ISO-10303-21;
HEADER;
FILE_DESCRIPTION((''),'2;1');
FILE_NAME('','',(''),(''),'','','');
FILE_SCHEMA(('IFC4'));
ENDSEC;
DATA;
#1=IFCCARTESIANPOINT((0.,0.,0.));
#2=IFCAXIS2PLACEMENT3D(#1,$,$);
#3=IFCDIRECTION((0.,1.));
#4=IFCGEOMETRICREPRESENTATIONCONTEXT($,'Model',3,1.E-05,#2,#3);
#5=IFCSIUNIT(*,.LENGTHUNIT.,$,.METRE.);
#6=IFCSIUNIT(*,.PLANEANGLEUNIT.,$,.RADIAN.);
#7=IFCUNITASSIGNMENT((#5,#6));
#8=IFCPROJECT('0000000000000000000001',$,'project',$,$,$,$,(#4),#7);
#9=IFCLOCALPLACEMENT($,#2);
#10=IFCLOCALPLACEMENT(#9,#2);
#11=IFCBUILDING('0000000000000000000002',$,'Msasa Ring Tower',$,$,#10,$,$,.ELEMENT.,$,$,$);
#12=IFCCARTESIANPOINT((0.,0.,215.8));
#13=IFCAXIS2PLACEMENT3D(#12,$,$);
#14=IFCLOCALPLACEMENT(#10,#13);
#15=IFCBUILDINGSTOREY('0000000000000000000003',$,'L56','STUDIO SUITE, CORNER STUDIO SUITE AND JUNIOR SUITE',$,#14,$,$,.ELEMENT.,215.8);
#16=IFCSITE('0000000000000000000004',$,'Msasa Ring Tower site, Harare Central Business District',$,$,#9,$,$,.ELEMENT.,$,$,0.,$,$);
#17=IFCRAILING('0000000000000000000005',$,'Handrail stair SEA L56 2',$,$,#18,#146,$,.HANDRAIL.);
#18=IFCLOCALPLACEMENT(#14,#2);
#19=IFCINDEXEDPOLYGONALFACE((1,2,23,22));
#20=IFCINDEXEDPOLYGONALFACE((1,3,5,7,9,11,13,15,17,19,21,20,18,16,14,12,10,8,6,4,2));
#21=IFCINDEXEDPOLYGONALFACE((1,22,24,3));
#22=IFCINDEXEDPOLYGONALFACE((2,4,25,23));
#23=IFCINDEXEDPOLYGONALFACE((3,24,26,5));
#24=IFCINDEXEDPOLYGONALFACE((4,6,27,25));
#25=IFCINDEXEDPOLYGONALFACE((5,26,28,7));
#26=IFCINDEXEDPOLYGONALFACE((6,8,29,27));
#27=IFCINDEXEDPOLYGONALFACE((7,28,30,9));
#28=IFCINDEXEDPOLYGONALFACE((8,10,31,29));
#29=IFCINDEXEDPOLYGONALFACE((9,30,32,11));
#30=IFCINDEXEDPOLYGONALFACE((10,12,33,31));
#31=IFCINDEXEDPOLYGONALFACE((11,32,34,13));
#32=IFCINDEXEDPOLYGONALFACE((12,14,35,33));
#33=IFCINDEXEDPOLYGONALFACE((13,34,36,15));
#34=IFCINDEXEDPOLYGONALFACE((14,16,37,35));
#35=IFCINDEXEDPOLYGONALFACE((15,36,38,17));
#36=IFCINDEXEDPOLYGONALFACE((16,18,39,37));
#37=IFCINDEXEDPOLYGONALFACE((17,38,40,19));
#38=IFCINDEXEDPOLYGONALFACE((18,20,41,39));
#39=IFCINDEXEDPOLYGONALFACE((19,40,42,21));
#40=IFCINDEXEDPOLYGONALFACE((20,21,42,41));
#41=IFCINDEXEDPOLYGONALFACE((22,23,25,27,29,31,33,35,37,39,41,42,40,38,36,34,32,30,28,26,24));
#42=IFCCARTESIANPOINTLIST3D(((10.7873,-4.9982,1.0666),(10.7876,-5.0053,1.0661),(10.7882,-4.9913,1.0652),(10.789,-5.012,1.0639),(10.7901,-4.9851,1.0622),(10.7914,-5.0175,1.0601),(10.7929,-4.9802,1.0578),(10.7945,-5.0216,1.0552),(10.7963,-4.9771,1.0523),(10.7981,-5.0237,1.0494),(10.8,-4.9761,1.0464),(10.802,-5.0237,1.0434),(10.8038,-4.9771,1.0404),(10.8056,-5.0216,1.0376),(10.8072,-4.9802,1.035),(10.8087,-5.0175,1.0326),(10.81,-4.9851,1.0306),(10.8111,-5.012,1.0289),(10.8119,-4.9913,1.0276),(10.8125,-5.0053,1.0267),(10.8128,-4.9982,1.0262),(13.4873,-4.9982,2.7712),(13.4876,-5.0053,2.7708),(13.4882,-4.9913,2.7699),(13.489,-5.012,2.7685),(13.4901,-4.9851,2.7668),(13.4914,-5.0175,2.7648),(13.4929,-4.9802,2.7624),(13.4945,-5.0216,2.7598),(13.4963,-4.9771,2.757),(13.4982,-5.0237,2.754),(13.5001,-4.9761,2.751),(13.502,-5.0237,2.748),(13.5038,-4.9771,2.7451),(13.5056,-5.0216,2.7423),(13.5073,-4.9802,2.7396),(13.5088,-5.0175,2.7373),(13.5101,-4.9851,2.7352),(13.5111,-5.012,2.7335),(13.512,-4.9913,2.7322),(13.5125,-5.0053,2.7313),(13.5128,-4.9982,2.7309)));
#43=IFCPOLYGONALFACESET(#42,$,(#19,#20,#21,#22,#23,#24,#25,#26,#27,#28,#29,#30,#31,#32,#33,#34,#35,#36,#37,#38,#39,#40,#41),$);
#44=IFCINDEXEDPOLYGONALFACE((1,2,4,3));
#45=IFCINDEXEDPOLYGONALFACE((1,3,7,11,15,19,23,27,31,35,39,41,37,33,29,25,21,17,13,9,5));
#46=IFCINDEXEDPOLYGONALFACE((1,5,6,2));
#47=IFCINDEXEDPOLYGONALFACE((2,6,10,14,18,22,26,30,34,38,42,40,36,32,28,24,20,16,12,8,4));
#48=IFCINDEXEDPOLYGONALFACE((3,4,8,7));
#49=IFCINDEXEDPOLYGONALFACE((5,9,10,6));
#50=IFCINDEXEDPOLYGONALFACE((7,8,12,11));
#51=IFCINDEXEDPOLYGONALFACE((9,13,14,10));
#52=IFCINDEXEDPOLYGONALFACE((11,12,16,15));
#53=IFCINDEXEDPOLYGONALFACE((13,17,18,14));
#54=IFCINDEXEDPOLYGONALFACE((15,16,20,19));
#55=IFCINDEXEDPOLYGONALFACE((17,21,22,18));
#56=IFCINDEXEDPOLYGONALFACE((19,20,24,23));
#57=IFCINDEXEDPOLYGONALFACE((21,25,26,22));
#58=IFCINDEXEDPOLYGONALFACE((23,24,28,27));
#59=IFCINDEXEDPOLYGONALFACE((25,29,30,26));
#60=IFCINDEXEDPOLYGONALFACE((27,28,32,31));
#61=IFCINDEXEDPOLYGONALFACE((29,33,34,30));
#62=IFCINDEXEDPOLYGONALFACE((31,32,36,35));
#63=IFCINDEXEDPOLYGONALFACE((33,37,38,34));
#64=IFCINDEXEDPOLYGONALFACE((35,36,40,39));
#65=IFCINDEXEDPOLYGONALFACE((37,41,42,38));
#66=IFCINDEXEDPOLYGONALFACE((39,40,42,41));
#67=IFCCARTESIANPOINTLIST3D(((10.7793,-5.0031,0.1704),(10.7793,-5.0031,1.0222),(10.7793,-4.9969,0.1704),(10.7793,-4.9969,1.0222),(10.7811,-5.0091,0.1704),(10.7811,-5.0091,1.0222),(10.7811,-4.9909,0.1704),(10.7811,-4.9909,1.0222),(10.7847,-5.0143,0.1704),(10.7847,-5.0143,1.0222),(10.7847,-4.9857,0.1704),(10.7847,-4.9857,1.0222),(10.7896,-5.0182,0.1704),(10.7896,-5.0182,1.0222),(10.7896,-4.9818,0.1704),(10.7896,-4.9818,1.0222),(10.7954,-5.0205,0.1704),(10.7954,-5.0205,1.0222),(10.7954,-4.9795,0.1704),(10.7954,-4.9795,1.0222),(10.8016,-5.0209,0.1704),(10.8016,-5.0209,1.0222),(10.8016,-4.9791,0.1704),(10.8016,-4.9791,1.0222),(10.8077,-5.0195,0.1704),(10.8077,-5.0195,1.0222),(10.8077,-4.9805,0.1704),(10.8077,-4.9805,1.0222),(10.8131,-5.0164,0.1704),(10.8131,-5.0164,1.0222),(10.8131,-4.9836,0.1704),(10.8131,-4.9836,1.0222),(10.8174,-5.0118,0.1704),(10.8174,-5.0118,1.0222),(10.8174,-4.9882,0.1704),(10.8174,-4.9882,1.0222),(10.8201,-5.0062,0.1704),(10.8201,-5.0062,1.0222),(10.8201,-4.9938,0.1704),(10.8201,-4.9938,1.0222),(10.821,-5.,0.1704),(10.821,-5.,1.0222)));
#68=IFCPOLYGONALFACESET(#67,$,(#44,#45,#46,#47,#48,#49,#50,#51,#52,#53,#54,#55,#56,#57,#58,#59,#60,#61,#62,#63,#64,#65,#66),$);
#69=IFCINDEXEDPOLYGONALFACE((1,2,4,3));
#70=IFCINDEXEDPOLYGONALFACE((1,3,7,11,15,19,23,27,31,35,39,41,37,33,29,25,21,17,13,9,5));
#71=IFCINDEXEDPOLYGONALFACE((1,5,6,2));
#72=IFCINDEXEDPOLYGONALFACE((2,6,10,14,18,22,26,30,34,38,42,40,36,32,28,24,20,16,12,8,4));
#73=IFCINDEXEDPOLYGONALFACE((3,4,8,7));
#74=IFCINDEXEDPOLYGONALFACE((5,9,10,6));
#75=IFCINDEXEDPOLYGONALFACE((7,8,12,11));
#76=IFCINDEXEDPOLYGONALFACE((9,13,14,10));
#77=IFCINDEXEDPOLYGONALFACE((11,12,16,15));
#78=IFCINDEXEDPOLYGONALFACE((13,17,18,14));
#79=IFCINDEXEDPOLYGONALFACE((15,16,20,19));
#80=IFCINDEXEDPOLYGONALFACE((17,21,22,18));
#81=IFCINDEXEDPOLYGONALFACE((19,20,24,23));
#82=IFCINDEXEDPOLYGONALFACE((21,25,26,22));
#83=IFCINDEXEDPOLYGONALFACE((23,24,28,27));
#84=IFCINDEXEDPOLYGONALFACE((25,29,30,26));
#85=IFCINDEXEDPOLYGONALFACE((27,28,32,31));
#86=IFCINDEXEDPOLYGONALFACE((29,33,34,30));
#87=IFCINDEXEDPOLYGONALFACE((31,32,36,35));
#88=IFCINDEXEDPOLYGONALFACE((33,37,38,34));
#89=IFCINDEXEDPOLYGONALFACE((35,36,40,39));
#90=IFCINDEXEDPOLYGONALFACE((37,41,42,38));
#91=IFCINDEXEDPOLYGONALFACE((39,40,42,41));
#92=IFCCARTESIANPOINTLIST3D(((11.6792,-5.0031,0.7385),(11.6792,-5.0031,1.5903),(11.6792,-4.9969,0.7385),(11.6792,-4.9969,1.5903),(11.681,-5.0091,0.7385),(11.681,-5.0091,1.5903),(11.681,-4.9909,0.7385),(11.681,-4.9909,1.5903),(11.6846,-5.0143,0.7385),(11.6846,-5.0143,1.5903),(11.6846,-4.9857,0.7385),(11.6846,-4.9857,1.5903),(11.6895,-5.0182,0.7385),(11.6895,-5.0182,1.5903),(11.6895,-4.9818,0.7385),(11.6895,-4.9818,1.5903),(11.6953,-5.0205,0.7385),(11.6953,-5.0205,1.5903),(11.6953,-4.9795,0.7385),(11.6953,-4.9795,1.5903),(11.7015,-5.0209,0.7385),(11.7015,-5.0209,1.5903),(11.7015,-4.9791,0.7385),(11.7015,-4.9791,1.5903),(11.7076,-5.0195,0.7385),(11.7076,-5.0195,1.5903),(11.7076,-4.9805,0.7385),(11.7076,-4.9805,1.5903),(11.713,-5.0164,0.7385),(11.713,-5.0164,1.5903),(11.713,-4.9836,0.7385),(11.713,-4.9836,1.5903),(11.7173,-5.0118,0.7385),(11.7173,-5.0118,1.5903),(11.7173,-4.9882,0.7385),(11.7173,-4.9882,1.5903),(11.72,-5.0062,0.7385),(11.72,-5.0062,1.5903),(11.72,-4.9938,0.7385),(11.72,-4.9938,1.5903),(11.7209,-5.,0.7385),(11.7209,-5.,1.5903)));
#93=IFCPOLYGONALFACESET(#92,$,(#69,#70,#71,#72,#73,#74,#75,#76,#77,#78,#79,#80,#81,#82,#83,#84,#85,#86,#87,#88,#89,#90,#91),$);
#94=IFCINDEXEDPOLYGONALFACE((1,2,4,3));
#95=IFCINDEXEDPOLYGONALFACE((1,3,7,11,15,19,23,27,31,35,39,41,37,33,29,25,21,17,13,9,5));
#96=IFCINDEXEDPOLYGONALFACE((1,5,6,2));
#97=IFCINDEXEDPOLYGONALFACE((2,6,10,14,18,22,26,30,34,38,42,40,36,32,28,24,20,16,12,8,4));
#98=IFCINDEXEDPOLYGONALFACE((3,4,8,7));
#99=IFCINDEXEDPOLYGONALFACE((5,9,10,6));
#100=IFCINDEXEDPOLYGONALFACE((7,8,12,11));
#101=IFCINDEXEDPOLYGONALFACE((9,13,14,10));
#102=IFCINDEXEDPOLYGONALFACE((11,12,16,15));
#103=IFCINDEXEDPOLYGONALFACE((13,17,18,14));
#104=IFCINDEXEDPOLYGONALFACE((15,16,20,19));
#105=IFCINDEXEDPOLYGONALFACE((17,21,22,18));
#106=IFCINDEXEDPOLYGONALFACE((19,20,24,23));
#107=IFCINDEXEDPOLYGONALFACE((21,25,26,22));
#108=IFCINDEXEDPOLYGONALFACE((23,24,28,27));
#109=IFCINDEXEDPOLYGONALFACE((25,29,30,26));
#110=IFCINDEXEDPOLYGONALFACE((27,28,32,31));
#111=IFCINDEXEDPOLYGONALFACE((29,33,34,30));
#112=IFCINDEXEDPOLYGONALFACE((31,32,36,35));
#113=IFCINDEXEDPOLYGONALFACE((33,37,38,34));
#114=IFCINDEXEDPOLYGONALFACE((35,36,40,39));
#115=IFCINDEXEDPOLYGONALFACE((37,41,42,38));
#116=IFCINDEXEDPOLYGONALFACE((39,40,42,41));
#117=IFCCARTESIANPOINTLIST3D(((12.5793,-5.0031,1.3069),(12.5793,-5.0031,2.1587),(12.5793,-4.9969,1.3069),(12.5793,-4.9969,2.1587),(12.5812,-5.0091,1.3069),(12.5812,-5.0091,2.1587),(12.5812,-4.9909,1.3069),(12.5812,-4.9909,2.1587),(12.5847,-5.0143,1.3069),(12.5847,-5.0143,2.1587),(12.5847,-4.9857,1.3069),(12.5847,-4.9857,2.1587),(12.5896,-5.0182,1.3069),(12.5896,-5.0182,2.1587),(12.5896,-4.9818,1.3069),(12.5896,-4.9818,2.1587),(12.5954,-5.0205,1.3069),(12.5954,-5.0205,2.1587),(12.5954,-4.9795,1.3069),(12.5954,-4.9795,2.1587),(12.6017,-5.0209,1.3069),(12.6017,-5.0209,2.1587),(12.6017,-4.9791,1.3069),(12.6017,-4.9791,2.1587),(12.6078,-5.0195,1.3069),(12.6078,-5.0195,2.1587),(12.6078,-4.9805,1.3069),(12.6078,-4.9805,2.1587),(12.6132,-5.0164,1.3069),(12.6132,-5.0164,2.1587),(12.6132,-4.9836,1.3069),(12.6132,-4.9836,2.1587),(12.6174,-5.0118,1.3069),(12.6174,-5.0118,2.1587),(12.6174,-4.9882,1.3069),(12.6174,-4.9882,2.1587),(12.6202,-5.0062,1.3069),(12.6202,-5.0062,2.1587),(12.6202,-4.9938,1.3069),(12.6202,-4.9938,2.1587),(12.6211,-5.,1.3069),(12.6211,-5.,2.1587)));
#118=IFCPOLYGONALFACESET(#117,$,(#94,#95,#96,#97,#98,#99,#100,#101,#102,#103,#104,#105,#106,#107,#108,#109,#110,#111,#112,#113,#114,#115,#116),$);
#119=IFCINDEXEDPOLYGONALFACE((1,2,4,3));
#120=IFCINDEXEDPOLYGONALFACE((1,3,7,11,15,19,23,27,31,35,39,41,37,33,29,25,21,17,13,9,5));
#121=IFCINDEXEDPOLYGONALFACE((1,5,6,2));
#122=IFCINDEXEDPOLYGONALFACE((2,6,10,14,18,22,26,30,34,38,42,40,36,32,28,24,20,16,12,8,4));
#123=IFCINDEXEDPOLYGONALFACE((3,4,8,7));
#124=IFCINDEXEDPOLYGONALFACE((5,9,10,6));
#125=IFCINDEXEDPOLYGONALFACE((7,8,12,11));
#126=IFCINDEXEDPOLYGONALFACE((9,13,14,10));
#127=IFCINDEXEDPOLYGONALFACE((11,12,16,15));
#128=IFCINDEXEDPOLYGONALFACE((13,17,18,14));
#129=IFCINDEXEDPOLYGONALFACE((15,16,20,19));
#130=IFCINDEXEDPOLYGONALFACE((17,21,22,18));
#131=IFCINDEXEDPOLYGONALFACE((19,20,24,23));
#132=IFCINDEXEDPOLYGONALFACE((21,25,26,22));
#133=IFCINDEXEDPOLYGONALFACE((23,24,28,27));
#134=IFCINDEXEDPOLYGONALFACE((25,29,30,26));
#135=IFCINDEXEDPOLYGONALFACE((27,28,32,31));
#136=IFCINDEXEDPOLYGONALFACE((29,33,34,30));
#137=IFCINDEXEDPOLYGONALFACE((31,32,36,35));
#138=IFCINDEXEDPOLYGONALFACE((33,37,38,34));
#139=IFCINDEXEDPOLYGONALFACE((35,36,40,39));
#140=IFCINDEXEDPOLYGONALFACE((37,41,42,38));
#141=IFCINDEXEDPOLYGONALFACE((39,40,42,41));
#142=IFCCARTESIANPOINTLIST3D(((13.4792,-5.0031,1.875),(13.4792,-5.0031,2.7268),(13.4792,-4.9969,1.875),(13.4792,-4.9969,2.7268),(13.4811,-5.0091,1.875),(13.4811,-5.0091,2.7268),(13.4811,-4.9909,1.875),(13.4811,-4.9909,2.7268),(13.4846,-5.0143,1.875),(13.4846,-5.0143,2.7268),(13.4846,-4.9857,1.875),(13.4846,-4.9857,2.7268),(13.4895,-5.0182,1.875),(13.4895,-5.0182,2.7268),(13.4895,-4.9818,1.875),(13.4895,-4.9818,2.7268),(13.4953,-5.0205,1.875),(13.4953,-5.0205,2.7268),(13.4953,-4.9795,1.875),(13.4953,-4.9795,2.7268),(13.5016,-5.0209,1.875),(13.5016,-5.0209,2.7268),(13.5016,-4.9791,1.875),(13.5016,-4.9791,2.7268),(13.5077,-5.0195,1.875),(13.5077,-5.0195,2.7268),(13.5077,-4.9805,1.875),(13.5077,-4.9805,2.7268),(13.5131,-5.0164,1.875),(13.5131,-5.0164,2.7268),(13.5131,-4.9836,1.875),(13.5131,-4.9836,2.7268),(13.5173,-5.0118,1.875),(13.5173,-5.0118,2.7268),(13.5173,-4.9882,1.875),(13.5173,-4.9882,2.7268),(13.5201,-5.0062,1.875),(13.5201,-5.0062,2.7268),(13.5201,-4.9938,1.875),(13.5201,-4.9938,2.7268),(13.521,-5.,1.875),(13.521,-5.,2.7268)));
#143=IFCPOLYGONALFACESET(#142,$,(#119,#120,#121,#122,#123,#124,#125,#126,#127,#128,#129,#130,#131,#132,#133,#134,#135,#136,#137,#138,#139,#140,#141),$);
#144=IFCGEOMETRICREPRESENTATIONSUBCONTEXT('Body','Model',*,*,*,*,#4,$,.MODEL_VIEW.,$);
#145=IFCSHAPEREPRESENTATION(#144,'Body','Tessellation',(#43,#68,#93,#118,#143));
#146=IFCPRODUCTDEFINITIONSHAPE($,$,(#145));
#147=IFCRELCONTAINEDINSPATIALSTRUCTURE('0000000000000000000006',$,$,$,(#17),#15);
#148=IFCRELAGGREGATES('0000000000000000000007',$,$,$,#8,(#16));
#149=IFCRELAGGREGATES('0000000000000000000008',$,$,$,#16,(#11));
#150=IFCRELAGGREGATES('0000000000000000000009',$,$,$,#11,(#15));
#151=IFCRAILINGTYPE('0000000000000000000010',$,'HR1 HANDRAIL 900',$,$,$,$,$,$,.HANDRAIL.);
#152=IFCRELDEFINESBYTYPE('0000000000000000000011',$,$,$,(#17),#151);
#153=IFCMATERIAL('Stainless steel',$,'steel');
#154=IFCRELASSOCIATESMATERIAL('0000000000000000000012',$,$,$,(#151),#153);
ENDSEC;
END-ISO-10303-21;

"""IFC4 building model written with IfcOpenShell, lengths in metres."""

from ifc_helpers import new_model, si_unit, direction, frame, origin, origin_2d, place, context, subcontext, project, spatial, circle, extrude, material, type_object, element, save


model = new_model("IFC4")

# Units and contexts
model_context = context("Model", 3, precision=1e-05, world=origin(), true_north=direction((0.0, 1.0)))
body_context = subcontext(model_context, "Body", "Model", "MODEL_VIEW")
ifc_project = project(units=[si_unit("LENGTHUNIT", "METRE"), si_unit("PLANEANGLEUNIT", "RADIAN")], contexts=[model_context])

# Site, building, storey
site_placement = place(None, origin())
site = spatial("IfcSite", under=ifc_project, at=site_placement, Name="Msasa Ring Tower site, Harare Central Business District", CompositionType="ELEMENT", RefElevation=0.0)
building_placement = place(site_placement, origin())
building = spatial("IfcBuilding", under=site, at=building_placement, Name="Msasa Ring Tower", CompositionType="ELEMENT")
storey_placement = place(building_placement, frame((0.0, 0.0, 215.8)))
storey = spatial("IfcBuildingStorey", under=building, at=storey_placement, Name="L56", Description="STUDIO SUITE, CORNER STUDIO SUITE AND JUNIOR SUITE", CompositionType="ELEMENT", Elevation=215.8)

# Railing
ifc_material_1 = material(Name="Stainless steel", Category="steel")
railing_type = type_object("IfcRailingType", Name="HR1 HANDRAIL 900", PredefinedType="HANDRAIL", material=ifc_material_1)
for number, where, name in (
    (1, (10.8, -5.0, 0.1704), "Handrail stair SEA L56 2"),
):
    element("IfcRailing", number, at=place(storey_placement, frame(where)), inside=storey, type_object=railing_type, Name=name, PredefinedType="HANDRAIL", context=body_context, shape_type="SweptSolid", body=[
        extrude(circle(Radius=0.0239, at=origin_2d()), frame((0.0, 0.0, 0.876), z_axis=(0.84558, 0.0, 0.533849), x_axis=(0.0, 1.0, 0.0)), (0.0, 0.0, 1.0), 3.1931),
        extrude(circle(Radius=0.021, at=origin_2d()), origin(), (0.0, 0.0, 1.0), 0.8518),
        extrude(circle(Radius=0.021, at=origin_2d()), frame((0.8999, 0.0, 0.5681)), (0.0, 0.0, 1.0), 0.8518),
        extrude(circle(Radius=0.021, at=origin_2d()), frame((1.8, 0.0, 1.1365)), (0.0, 0.0, 1.0), 0.8518),
        extrude(circle(Radius=0.021, at=origin_2d()), frame((2.7, 0.0, 1.7046)), (0.0, 0.0, 1.0), 0.8518),
    ])

save(model, "model.ifc")
